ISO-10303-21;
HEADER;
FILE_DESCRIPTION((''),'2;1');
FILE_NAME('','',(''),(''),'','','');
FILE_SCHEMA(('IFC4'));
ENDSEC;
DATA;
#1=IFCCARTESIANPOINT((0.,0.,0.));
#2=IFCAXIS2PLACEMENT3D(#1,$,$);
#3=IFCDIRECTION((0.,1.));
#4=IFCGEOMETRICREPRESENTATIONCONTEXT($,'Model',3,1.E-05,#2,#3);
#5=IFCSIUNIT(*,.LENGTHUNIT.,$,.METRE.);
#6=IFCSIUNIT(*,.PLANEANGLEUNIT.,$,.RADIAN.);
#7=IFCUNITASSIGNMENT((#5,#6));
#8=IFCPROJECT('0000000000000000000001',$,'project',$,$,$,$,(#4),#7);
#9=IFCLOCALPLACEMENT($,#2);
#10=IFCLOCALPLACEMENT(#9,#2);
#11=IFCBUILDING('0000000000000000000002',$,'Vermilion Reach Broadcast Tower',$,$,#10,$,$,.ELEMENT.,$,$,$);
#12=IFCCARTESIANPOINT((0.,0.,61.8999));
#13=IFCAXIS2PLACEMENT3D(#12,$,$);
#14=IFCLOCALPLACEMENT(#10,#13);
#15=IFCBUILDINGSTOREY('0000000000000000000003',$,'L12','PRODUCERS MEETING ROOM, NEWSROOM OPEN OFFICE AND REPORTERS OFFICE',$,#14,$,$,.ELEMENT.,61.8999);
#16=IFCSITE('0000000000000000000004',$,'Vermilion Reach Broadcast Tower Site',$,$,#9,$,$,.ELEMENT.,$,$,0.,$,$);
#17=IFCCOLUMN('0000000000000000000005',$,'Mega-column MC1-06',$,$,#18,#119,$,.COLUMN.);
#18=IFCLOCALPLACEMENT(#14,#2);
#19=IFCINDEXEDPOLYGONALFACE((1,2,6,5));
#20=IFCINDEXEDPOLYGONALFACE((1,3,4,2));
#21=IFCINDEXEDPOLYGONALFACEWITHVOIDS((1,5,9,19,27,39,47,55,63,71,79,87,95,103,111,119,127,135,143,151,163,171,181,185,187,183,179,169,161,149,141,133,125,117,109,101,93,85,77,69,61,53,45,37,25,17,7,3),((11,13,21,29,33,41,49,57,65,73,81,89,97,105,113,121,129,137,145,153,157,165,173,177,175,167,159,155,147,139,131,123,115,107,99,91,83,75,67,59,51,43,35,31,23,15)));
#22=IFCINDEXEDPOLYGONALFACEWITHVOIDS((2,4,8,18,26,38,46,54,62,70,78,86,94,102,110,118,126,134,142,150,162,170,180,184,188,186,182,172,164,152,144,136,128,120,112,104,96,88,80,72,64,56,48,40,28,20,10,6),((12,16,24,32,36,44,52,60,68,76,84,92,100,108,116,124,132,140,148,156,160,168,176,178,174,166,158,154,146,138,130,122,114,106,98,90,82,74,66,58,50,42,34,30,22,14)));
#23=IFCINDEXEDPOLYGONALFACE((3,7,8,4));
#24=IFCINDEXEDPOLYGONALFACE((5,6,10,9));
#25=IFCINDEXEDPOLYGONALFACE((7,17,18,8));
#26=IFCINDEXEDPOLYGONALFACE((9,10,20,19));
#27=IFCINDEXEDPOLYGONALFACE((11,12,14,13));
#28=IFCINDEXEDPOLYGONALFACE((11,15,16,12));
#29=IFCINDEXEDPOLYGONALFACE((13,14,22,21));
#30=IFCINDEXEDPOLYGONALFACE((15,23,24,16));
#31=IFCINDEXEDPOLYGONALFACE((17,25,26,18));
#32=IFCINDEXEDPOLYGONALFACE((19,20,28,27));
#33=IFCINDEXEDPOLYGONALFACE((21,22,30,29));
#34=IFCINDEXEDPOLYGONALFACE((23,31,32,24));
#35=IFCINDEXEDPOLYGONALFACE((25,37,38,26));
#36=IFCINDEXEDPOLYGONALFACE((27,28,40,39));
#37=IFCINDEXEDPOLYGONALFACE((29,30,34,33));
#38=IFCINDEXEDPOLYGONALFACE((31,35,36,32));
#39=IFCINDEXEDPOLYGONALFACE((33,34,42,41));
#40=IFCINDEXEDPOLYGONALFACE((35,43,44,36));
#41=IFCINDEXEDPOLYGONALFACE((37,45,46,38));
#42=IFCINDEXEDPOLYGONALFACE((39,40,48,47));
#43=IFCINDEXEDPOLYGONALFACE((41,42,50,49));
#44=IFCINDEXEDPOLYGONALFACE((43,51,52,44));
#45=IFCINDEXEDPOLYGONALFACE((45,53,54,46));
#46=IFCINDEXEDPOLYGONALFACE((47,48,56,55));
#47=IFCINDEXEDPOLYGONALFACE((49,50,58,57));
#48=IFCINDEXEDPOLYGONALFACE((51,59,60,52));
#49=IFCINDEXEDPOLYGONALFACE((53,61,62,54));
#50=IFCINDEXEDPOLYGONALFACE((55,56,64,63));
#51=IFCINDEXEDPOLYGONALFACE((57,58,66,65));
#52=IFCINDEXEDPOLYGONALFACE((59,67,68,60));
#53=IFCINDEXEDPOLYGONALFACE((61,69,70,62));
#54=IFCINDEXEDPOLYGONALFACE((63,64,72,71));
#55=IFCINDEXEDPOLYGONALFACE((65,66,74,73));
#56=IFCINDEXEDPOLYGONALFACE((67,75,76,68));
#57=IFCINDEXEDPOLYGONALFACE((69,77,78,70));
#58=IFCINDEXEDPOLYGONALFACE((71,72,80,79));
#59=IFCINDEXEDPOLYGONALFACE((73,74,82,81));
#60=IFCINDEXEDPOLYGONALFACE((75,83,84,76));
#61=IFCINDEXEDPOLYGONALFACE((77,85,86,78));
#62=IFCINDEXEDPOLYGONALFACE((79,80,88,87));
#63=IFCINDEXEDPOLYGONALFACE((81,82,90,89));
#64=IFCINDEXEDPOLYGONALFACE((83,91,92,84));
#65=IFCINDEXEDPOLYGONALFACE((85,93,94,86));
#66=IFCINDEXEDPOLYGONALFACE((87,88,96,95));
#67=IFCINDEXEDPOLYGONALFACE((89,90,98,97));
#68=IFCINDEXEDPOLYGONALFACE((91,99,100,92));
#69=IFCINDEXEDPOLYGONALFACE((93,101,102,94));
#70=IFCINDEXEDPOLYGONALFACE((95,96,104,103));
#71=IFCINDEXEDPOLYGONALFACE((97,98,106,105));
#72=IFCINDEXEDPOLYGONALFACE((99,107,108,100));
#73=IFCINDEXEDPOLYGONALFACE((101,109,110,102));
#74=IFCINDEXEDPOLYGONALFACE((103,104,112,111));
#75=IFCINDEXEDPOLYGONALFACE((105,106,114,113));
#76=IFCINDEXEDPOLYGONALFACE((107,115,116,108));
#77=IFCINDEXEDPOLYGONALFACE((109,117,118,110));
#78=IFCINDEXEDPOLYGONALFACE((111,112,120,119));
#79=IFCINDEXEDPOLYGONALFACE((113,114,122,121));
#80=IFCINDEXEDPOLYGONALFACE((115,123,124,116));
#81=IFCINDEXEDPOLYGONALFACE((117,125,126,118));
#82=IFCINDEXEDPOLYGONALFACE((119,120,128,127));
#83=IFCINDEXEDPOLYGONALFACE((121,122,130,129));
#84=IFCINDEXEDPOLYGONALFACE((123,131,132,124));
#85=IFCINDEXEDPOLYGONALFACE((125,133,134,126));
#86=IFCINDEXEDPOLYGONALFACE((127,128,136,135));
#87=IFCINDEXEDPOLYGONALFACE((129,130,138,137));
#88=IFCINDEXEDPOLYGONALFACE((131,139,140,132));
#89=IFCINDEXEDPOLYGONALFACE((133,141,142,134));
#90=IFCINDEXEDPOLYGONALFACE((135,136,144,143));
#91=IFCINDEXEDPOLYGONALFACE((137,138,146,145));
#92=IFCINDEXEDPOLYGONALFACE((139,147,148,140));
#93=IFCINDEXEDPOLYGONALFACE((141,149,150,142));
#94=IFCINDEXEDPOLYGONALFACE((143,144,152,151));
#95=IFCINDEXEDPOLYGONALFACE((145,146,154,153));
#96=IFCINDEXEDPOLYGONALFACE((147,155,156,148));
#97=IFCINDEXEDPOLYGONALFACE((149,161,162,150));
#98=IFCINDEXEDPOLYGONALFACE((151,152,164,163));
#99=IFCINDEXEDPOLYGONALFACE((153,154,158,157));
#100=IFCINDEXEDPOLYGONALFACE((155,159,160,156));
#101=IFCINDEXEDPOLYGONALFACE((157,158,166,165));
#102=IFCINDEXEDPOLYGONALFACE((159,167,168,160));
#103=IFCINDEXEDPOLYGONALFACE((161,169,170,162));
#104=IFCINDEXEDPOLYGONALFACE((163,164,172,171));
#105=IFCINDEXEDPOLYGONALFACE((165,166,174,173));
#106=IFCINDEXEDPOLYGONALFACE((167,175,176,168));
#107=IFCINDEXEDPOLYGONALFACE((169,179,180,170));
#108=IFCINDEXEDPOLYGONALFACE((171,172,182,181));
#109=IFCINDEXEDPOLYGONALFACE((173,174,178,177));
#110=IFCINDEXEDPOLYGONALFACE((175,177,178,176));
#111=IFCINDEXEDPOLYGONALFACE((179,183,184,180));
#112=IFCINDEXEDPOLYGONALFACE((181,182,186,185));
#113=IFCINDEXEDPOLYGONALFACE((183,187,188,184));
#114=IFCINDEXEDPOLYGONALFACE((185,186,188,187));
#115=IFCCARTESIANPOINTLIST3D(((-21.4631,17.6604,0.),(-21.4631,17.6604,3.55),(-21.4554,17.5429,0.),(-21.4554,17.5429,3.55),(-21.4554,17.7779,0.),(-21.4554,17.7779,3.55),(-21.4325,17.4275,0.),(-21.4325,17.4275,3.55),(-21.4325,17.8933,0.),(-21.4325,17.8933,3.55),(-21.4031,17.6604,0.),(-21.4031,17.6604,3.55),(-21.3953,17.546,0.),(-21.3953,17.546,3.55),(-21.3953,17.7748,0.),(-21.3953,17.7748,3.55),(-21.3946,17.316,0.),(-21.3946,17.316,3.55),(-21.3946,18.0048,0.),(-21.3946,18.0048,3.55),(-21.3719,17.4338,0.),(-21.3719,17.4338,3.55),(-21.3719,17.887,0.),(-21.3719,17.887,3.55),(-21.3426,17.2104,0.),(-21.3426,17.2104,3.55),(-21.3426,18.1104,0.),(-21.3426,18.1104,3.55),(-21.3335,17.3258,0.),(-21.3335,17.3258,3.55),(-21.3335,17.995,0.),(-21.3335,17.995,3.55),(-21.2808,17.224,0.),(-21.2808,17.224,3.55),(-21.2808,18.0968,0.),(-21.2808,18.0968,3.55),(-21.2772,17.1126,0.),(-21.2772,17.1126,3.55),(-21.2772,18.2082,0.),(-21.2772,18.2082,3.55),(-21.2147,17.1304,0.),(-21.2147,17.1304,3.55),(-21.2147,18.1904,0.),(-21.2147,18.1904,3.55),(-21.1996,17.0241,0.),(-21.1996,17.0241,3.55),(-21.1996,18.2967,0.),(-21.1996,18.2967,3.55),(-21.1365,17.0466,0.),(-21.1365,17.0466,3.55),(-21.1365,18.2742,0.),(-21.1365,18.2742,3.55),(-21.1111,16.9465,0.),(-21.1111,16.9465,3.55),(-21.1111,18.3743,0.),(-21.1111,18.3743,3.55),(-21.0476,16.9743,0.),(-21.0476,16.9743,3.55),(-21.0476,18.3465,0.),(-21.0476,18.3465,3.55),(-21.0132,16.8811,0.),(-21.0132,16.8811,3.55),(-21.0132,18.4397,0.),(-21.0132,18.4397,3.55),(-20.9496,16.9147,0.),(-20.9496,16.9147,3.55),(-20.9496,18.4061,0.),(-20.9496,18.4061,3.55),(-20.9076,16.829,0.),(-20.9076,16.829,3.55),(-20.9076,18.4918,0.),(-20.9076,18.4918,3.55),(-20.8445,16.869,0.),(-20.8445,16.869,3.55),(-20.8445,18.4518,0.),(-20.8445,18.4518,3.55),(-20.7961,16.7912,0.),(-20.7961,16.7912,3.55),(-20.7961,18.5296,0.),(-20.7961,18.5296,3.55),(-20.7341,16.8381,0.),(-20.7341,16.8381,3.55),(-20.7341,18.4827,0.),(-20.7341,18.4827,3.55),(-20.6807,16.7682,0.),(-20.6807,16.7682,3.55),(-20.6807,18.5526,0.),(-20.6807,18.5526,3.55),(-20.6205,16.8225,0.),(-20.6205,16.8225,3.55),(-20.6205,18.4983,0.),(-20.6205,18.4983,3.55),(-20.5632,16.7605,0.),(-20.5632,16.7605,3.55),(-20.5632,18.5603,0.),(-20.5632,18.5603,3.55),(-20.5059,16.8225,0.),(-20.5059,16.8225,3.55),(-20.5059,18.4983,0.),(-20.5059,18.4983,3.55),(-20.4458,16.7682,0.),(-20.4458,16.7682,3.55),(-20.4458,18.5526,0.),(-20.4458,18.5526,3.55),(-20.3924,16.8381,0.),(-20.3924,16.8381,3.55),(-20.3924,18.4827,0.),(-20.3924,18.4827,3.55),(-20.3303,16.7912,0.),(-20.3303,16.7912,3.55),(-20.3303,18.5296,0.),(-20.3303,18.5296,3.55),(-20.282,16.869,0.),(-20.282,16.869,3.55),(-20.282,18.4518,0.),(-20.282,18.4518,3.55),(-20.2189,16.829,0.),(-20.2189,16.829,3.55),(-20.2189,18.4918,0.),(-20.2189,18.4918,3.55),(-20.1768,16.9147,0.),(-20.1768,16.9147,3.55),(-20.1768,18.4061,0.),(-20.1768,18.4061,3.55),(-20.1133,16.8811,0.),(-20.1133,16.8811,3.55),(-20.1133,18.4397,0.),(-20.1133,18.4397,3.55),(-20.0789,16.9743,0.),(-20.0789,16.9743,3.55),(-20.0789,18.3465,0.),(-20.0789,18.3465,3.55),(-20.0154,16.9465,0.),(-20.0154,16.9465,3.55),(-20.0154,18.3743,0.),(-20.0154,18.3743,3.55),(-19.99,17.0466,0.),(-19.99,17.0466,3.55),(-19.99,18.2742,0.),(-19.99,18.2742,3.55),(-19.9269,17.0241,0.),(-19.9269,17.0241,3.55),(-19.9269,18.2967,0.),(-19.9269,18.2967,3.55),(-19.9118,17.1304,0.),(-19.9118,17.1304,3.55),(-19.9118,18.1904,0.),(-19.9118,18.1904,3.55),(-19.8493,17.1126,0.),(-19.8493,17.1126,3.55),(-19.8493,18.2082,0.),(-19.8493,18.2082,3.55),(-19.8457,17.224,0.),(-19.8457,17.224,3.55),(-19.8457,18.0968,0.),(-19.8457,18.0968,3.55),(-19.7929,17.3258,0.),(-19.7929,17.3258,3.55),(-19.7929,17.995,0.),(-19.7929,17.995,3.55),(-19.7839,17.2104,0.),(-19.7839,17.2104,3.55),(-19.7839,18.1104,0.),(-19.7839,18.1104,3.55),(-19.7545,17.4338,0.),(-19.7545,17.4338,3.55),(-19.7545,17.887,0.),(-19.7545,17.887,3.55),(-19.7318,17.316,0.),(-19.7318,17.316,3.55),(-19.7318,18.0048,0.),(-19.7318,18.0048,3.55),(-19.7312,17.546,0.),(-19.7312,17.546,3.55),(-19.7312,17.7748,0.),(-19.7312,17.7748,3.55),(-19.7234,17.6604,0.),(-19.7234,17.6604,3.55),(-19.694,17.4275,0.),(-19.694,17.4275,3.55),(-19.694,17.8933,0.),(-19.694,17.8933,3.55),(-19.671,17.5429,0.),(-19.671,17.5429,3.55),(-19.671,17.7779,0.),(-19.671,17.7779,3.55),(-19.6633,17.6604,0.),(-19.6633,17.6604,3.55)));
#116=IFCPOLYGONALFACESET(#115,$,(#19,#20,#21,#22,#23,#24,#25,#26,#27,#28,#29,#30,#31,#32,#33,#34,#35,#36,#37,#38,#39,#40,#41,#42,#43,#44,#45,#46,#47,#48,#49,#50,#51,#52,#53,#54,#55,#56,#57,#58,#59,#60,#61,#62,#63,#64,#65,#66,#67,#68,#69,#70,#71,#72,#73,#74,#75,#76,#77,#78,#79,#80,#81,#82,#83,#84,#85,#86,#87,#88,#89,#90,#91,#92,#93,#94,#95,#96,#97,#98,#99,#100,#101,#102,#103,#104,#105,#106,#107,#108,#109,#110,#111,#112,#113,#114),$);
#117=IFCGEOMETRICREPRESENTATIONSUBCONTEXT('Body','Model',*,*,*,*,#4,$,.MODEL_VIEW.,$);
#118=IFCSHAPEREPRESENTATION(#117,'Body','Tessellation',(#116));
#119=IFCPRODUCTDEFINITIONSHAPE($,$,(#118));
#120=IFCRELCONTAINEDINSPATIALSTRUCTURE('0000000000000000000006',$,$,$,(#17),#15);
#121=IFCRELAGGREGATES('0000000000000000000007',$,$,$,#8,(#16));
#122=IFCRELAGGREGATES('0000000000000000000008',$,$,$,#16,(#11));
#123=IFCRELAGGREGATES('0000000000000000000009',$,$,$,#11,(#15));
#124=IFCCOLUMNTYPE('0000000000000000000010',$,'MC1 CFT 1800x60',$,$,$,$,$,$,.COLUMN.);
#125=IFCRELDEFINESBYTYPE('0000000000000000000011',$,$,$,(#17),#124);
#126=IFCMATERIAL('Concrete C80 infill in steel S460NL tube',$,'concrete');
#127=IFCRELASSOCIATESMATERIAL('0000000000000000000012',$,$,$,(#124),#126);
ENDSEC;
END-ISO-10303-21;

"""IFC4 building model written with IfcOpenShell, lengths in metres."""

from ifc_helpers import new_model, si_unit, direction, frame, origin, origin_2d, place, context, subcontext, project, spatial, hollow_circle, extrude, material, material_profile, profile_set, type_object, element, save


model = new_model("IFC4")

# Units and contexts
model_context = context("Model", 3, precision=1e-05, world=origin(), true_north=direction((0.0, 1.0)))
body_context = subcontext(model_context, "Body", "Model", "MODEL_VIEW")
ifc_project = project(units=[si_unit("LENGTHUNIT", "METRE"), si_unit("PLANEANGLEUNIT", "RADIAN")], contexts=[model_context])

# Site, building, storey
site_placement = place(None, origin())
site = spatial("IfcSite", under=ifc_project, at=site_placement, Name="Vermilion Reach Broadcast Tower Site", CompositionType="ELEMENT", RefElevation=0.0)
building_placement = place(site_placement, origin())
building = spatial("IfcBuilding", under=site, at=building_placement, Name="Vermilion Reach Broadcast Tower", CompositionType="ELEMENT")
storey_placement = place(building_placement, frame((0.0, 0.0, 61.8999)))
storey = spatial("IfcBuildingStorey", under=building, at=storey_placement, Name="L12", Description="PRODUCERS MEETING ROOM, NEWSROOM OPEN OFFICE AND REPORTERS OFFICE", CompositionType="ELEMENT", Elevation=61.8999)

# Column
ifc_material_1 = material(Name="Concrete C80 infill in steel S460NL tube", Category="concrete")
ifc_material_profile_1 = material_profile(ifc_material_1, hollow_circle(Radius=0.8999, WallThickness=0.0601, at=origin_2d()), Name="Concrete C80 infill in steel S460NL tube CFT 1800x60")
ifc_profile_set_1 = profile_set([ifc_material_profile_1], Name="Concrete C80 infill in steel S460NL tube")
column_type = type_object("IfcColumnType", Name="MC1 CFT 1800x60", PredefinedType="COLUMN", material=ifc_profile_set_1)
for number, where, z_axis, x_axis, name in (
    (1, (-20.5632, 17.6604, 0.0), (0.0, 0.0, 1.0), (1.0, 0.0, 0.0), "Mega-column MC1-06"),
):
    element("IfcColumn", number, at=place(storey_placement, frame(where, z_axis=z_axis, x_axis=x_axis)), inside=storey, type_object=column_type, Name=name, PredefinedType="COLUMN", context=body_context, shape_type="SweptSolid", body=[
        extrude(hollow_circle(Radius=0.8999, WallThickness=0.0601, at=origin_2d()), origin(), (0.0, 0.0, 1.0), 3.55),
    ])

save(model, "model.ifc")
